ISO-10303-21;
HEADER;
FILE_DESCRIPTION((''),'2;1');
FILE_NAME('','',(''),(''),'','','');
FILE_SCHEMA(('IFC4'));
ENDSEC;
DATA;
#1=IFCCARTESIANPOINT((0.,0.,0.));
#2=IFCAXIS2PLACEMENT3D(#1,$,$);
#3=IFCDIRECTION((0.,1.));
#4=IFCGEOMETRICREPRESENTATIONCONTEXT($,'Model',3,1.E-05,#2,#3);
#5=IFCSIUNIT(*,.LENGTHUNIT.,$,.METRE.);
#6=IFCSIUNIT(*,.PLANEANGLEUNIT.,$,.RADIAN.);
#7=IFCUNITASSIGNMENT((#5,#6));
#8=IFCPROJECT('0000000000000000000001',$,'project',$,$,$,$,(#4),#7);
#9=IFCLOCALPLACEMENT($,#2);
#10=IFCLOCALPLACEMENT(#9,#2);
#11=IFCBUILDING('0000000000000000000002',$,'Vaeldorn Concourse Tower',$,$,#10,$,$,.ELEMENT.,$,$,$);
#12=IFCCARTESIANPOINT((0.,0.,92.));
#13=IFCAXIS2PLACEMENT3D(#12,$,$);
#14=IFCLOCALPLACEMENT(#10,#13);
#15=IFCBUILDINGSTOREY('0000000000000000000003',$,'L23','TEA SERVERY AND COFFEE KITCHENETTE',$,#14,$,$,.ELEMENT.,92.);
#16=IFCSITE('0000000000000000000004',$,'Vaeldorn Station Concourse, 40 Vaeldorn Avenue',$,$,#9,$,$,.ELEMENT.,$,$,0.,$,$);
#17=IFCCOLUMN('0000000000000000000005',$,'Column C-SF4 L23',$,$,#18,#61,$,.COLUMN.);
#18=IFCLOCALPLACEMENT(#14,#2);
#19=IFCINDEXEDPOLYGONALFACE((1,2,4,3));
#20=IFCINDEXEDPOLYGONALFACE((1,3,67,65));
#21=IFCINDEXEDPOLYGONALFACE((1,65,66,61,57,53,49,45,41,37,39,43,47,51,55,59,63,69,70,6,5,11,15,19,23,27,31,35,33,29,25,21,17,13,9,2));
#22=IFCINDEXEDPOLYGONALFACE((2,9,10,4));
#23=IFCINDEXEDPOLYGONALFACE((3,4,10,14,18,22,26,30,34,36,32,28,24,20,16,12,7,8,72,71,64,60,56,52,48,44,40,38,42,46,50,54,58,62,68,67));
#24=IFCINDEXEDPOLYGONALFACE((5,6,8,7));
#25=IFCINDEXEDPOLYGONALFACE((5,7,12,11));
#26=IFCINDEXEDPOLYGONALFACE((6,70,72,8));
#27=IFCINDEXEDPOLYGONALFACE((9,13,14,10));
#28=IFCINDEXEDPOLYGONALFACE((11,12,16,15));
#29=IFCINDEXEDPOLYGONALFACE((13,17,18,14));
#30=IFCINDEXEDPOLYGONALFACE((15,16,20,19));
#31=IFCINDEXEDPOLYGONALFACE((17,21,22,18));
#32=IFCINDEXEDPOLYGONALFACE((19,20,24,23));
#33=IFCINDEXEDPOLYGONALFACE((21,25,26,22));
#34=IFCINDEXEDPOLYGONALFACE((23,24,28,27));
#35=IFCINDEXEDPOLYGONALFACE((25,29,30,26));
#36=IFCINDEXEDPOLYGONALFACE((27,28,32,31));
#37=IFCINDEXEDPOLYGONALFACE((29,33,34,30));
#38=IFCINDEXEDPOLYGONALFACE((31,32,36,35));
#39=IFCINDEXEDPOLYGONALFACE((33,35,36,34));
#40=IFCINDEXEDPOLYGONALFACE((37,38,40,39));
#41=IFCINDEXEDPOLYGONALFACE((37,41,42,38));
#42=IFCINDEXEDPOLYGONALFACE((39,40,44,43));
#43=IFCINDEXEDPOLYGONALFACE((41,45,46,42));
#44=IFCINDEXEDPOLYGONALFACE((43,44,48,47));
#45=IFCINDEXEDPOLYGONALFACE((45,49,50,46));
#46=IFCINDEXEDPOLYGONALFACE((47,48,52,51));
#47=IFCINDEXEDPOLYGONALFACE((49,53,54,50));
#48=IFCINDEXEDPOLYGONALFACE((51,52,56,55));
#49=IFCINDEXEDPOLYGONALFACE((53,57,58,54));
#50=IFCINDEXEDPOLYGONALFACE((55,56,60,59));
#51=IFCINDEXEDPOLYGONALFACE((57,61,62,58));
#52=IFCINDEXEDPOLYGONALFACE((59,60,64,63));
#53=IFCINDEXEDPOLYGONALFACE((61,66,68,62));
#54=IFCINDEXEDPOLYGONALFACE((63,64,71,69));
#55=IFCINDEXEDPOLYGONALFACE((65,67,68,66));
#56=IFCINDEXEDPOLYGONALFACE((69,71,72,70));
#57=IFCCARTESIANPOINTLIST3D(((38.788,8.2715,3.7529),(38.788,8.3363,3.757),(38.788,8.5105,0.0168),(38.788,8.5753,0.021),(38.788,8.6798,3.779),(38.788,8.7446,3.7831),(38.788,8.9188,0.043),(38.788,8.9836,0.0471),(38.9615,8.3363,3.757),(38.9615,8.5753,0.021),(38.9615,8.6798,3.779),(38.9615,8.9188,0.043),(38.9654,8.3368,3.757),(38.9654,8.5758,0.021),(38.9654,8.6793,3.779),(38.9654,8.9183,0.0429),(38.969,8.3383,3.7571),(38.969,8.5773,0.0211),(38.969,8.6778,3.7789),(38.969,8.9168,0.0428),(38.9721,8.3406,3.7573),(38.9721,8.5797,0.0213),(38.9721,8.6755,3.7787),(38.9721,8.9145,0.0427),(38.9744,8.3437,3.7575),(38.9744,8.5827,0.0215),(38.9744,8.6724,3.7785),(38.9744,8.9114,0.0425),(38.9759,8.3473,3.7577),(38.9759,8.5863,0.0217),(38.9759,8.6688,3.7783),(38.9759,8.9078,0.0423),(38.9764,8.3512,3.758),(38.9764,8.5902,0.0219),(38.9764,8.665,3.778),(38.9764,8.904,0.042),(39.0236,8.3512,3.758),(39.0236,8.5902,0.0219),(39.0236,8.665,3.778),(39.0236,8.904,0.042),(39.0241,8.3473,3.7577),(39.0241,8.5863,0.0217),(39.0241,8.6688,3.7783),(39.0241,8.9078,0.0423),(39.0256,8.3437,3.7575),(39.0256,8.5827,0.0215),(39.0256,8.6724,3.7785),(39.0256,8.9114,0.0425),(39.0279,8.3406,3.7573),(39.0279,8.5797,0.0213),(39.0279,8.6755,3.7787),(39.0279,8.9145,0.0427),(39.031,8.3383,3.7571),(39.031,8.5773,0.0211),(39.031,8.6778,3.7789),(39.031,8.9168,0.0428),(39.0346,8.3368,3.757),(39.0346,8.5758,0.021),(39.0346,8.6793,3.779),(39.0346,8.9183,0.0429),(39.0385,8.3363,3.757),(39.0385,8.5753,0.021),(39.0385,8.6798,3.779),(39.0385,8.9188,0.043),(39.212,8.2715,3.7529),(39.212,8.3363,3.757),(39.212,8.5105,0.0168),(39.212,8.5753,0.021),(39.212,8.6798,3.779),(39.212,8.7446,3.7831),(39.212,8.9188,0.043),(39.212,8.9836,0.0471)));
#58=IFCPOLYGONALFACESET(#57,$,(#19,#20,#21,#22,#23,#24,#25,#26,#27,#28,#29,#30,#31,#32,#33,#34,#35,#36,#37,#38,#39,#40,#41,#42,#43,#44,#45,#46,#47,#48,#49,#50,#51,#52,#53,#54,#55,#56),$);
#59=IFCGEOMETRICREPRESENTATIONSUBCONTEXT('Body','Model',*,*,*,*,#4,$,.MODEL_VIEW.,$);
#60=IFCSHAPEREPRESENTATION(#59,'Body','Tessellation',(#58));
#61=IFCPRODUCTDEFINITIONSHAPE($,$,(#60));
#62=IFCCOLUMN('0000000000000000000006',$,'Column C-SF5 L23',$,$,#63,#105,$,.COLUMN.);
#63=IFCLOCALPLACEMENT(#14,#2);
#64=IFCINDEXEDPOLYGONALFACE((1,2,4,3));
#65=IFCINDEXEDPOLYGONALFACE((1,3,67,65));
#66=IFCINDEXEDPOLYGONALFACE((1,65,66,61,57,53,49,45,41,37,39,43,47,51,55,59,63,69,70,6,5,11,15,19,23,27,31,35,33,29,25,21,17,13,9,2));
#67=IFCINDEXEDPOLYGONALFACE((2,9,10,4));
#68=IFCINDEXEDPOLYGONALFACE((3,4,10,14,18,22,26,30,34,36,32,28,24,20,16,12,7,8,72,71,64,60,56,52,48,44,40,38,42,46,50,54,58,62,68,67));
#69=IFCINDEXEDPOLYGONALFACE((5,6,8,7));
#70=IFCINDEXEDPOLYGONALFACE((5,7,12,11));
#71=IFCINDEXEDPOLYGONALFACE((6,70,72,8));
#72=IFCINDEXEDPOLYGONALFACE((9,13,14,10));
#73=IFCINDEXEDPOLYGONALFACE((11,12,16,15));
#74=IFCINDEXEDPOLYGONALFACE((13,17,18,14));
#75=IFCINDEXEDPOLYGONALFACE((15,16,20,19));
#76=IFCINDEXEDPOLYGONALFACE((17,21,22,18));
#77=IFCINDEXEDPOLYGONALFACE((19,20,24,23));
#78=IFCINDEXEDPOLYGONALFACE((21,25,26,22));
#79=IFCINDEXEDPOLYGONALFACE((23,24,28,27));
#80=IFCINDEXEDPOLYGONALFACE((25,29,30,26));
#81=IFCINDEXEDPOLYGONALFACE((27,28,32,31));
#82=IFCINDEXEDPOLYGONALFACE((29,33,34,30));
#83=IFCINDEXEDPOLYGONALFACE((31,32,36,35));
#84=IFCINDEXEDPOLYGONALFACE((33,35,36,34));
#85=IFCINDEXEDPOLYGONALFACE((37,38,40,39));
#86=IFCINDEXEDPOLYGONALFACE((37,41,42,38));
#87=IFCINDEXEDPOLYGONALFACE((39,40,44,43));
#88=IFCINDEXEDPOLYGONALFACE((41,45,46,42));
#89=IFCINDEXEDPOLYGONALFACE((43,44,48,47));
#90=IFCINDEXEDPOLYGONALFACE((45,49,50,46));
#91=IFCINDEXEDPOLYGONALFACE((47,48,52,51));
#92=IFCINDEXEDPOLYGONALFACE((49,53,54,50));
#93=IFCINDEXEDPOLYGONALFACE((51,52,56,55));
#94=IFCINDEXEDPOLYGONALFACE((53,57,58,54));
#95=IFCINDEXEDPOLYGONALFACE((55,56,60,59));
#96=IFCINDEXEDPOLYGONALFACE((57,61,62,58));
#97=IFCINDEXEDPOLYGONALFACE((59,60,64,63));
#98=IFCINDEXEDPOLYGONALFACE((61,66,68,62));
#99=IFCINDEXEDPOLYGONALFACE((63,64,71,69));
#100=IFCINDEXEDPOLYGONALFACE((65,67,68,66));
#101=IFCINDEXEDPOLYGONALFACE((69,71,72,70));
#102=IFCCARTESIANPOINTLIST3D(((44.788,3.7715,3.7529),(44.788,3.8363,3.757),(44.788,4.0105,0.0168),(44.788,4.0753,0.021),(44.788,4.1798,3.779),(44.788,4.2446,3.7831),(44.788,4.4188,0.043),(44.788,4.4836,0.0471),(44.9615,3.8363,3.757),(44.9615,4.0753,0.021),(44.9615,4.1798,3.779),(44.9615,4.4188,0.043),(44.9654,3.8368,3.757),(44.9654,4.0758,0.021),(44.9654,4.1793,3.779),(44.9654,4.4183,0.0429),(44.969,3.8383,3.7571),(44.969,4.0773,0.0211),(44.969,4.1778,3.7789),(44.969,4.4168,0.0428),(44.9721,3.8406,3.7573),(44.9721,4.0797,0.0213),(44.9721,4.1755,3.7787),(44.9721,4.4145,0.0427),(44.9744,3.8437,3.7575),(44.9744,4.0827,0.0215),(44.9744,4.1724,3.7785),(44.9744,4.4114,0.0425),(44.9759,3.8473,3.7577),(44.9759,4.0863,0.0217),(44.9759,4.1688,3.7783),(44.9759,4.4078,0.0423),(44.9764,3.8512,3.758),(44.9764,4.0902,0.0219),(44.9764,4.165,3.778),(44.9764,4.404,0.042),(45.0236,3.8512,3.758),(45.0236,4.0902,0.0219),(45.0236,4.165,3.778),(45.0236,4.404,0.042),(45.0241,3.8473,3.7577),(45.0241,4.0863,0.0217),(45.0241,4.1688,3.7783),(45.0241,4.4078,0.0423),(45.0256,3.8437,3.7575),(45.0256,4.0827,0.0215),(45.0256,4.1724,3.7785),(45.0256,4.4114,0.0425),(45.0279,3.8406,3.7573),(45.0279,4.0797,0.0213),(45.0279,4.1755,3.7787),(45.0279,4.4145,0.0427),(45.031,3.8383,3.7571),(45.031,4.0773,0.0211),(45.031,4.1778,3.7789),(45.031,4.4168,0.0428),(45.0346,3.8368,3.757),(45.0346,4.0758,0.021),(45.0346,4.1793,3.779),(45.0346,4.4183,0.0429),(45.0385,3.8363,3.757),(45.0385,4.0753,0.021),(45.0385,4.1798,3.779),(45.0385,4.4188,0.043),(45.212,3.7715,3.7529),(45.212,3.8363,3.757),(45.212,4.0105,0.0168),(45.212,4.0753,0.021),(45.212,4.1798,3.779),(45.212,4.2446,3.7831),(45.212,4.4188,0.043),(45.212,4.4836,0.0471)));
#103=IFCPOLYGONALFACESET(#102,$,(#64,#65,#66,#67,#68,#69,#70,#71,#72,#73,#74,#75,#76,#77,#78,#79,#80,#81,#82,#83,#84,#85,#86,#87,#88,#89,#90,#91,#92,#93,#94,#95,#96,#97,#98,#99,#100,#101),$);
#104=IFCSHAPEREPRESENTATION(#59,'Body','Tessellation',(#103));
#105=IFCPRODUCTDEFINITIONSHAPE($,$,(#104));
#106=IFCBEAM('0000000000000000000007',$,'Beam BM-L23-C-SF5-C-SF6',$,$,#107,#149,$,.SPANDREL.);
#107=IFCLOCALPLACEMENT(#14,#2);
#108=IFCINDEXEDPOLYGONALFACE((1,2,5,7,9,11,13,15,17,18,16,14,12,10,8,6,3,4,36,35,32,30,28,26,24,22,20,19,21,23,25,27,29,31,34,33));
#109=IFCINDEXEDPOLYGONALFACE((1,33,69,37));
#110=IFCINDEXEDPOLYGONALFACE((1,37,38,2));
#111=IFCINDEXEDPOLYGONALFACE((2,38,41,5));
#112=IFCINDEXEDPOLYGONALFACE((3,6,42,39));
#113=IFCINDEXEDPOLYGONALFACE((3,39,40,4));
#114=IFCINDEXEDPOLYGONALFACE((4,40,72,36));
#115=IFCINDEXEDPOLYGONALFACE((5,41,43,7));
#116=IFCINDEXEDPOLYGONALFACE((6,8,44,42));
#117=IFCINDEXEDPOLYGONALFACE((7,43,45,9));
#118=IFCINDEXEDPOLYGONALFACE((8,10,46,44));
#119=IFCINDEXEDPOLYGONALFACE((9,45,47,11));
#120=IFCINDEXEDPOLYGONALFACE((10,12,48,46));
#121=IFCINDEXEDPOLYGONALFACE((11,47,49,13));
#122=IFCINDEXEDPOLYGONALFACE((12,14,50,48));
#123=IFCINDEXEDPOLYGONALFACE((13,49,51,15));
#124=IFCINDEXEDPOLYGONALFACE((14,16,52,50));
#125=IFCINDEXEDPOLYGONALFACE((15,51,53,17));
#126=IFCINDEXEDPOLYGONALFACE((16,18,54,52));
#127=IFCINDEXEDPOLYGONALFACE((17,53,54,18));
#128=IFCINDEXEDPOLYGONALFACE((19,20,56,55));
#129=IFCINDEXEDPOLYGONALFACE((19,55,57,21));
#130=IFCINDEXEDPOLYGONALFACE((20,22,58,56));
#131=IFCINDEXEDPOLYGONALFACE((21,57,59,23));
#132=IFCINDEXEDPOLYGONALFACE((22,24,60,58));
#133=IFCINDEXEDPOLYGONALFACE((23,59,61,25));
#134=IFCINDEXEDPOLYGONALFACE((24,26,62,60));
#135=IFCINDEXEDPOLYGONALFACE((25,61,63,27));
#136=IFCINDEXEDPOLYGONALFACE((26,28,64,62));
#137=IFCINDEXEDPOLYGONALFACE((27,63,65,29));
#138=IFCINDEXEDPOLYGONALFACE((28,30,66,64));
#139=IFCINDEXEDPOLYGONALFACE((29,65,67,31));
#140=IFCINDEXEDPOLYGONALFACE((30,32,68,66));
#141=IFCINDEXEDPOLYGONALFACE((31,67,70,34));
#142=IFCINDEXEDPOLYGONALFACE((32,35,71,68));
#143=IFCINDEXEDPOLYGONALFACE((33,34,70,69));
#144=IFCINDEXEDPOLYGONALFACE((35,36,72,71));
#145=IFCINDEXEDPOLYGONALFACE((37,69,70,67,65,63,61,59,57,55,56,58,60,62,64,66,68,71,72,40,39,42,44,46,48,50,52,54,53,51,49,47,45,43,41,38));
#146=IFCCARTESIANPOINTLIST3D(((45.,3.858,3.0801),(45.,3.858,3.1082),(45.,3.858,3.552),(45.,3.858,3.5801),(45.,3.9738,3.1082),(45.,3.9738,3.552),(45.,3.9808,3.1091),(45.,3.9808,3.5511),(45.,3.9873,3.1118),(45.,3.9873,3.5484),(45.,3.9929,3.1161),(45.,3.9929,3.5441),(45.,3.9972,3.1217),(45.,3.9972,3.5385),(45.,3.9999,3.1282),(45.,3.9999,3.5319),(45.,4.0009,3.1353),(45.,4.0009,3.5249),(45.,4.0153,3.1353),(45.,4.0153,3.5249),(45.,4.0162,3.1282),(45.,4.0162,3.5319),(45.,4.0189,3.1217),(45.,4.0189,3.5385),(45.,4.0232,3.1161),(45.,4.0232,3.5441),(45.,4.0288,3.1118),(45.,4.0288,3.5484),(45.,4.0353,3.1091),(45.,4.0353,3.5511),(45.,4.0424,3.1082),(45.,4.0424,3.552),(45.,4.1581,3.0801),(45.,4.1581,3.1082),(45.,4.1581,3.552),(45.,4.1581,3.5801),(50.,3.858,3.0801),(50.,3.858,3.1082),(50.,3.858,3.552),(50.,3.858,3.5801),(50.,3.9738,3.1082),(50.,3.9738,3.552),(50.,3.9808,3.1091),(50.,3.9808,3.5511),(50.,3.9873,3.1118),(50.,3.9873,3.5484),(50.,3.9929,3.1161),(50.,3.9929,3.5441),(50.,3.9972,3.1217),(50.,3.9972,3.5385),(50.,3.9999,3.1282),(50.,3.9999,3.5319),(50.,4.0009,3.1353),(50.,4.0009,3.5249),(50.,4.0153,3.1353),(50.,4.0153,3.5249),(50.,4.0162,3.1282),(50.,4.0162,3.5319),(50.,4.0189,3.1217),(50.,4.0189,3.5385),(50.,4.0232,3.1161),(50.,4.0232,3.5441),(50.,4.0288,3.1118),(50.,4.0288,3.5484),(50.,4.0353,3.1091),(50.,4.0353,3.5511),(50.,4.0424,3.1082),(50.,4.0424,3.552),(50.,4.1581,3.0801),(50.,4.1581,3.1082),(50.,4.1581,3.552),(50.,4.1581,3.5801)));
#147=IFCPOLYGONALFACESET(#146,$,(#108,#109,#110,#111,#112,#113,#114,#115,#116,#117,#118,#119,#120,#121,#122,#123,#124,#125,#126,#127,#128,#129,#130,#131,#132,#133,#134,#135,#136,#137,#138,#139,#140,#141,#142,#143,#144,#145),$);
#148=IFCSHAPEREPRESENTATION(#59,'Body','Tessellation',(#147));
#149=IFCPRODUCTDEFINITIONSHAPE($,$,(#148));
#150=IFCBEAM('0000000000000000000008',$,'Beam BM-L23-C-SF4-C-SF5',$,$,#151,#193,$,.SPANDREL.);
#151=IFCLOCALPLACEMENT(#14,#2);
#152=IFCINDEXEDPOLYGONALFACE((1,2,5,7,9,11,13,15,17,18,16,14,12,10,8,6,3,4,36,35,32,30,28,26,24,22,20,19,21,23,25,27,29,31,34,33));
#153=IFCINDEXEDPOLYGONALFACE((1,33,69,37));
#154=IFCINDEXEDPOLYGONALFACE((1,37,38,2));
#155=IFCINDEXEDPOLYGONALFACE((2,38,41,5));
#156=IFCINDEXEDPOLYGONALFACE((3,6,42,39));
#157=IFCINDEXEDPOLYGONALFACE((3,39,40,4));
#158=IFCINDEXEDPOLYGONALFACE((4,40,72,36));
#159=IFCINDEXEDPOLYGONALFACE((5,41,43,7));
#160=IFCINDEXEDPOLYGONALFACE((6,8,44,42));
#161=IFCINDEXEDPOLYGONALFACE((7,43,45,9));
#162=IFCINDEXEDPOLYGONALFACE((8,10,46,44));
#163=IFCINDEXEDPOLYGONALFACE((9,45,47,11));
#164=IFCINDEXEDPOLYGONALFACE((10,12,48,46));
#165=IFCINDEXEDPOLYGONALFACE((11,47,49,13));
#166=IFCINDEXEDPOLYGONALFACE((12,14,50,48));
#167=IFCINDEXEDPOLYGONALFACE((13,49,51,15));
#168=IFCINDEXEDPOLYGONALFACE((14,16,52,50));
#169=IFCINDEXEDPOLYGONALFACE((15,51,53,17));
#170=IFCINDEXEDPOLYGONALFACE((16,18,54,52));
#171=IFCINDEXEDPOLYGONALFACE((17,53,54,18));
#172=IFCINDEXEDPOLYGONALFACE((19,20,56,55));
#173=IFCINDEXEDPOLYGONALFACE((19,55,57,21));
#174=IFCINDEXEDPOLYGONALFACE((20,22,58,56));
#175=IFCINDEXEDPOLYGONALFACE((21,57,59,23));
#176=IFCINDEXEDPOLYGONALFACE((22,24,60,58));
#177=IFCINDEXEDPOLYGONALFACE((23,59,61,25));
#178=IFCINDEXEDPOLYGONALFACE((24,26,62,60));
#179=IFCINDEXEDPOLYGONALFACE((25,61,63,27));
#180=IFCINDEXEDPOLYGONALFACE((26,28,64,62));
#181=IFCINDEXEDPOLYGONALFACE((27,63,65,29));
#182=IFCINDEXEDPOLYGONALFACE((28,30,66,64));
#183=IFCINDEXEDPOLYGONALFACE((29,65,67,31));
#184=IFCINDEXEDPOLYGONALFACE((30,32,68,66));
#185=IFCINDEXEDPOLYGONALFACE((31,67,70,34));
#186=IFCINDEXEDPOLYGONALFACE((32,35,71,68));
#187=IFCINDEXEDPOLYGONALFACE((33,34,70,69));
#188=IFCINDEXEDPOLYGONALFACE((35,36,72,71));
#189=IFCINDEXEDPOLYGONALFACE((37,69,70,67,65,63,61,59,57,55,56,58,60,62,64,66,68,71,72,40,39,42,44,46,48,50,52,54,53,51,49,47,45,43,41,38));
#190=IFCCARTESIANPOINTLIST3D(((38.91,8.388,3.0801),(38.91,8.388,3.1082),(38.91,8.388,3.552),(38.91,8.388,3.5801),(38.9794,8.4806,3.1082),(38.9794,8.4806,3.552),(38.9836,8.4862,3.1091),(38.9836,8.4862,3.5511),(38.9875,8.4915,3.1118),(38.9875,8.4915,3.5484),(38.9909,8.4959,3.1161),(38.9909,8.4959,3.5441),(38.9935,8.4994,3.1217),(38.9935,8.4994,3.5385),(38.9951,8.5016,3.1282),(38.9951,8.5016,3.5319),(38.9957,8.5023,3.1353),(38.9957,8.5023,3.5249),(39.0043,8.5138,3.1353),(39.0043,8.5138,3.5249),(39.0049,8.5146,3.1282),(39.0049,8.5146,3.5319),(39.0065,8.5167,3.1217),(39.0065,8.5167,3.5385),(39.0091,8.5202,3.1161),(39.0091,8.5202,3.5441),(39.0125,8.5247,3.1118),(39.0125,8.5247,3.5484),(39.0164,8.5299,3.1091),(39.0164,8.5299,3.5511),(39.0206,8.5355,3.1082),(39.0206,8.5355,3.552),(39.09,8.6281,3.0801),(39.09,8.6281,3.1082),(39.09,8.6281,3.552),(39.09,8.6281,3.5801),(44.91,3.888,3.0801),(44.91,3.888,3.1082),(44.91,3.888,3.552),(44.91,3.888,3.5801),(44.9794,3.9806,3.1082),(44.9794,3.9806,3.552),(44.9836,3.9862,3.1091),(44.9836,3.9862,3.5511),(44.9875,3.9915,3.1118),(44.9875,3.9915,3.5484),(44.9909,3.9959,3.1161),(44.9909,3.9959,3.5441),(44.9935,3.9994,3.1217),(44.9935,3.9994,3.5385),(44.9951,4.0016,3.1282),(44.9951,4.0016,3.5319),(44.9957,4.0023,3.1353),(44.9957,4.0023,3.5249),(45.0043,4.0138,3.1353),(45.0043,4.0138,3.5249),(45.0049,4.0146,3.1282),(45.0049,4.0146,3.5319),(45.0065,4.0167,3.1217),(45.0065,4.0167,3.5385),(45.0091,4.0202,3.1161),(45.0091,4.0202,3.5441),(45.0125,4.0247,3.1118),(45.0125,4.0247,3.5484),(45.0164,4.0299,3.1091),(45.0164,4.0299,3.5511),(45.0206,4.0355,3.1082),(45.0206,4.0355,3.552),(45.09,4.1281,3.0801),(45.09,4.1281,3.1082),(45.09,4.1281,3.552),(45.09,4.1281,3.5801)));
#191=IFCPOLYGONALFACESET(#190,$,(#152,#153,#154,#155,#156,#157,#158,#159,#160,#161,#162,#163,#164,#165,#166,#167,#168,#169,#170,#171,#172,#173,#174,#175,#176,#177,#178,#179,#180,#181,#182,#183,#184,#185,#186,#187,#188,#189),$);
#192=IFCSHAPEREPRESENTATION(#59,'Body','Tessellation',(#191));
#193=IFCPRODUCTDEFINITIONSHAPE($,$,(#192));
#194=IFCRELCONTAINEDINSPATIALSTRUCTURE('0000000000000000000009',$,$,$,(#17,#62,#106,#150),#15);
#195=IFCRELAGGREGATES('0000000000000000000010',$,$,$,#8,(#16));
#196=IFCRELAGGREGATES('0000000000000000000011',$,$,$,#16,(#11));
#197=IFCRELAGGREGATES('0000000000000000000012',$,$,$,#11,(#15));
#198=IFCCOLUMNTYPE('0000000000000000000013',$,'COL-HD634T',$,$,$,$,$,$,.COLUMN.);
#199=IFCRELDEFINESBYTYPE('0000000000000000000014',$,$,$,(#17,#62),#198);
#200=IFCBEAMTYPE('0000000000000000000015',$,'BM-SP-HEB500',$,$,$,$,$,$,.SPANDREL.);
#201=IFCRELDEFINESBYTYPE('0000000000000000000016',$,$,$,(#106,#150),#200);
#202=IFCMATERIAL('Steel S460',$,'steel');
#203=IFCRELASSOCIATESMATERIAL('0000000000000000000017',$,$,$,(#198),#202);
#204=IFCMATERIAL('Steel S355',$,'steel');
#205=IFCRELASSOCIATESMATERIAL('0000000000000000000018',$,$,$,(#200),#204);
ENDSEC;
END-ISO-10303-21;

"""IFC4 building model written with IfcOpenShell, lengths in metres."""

from ifc_helpers import new_model, si_unit, direction, frame, origin, origin_2d, place, context, subcontext, project, spatial, i_section, extrude, source, transform, mapped, material, material_profile, profile_set, type_object, element, save


model = new_model("IFC4")

# Units and contexts
model_context = context("Model", 3, precision=1e-05, world=origin(), true_north=direction((0.0, 1.0)))
body_context = subcontext(model_context, "Body", "Model", "MODEL_VIEW")
ifc_project = project(units=[si_unit("LENGTHUNIT", "METRE"), si_unit("PLANEANGLEUNIT", "RADIAN")], contexts=[model_context])

# Site, building, storey
site_placement = place(None, origin())
site = spatial("IfcSite", under=ifc_project, at=site_placement, Name="Vaeldorn Station Concourse, 40 Vaeldorn Avenue", CompositionType="ELEMENT", RefElevation=0.0)
building_placement = place(site_placement, origin())
building = spatial("IfcBuilding", under=site, at=building_placement, Name="Vaeldorn Concourse Tower", CompositionType="ELEMENT")
storey_placement = place(building_placement, frame((0.0, 0.0, 92.0)))
storey = spatial("IfcBuildingStorey", under=building, at=storey_placement, Name="L23", Description="TEA SERVERY AND COFFEE KITCHENETTE", CompositionType="ELEMENT", Elevation=92.0)

# Columns
ifc_material_1 = material(Name="Steel S460", Category="steel")
ifc_material_profile_1 = material_profile(ifc_material_1, i_section(OverallWidth=0.4241, OverallDepth=0.4741, WebThickness=0.0471, FlangeThickness=0.0649, FilletRadius=0.0149, at=origin_2d()), Name="HD 400x634")
ifc_profile_set_1 = profile_set([ifc_material_profile_1], Name="Steel S460")
column_type = type_object("IfcColumnType", Name="COL-HD634T", PredefinedType="COLUMN", material=ifc_profile_set_1)
shared_shape_1 = source(origin(), body_context, "Body", "SweptSolid", [
    extrude(i_section(OverallWidth=0.4241, OverallDepth=0.4741, WebThickness=0.0471, FlangeThickness=0.0649, FilletRadius=0.0149, at=origin_2d()), origin(), (0.0, 0.0, 1.0), 3.7437),
])
for number, where, z_axis, x_axis, name in (
    (1, (39.0, 8.7471, 0.032), (0.0, -0.063844, 0.99796), (1.0, 0.0, 0.0), "Column C-SF4 L23"),
    (2, (45.0, 4.2471, 0.032), (0.0, -0.063844, 0.99796), (1.0, 0.0, 0.0), "Column C-SF5 L23"),
):
    element("IfcColumn", number, at=place(storey_placement, frame(where, z_axis=z_axis, x_axis=x_axis)), inside=storey, type_object=column_type, Name=name, PredefinedType="COLUMN", context=body_context, shape_type="MappedRepresentation", body=[
        mapped(shared_shape_1, transform((0.0, 0.0, 0.0), scale=1.0)),
    ])

# Beams
ifc_material_2 = material(Name="Steel S355", Category="steel")
ifc_material_profile_2 = material_profile(ifc_material_2, i_section(OverallWidth=0.3, OverallDepth=0.5, WebThickness=0.0144, FlangeThickness=0.0281, FilletRadius=0.0271, at=origin_2d()), Name="HEB 500")
ifc_profile_set_2 = profile_set([ifc_material_profile_2], Name="Steel S355")
beam_type_1 = type_object("IfcBeamType", Name="BM-SP-HEB500", PredefinedType="SPANDREL", material=ifc_profile_set_2)
shared_shape_2 = source(origin(), body_context, "Body", "SweptSolid", [
    extrude(i_section(OverallWidth=0.3, OverallDepth=0.5, WebThickness=0.0144, FlangeThickness=0.0281, FilletRadius=0.0271, at=origin_2d()), origin(), (0.0, 0.0, 1.0), 5.0),
])
beam_1_placement = place(storey_placement, frame((45.0, 4.0081, 3.3301), z_axis=(1.0, 0.0, 0.0), x_axis=(0.0, 1.0, 0.0)))
element("IfcBeam", 3, at=beam_1_placement, inside=storey, type_object=beam_type_1, Name="Beam BM-L23-C-SF5-C-SF6", PredefinedType="SPANDREL", context=body_context, shape_type="MappedRepresentation", body=[
    mapped(shared_shape_2, transform((0.0, 0.0, 0.0), scale=1.0)),
])
shared_shape_3 = source(origin(), body_context, "Body", "SweptSolid", [
    extrude(i_section(OverallWidth=0.3, OverallDepth=0.5, WebThickness=0.0144, FlangeThickness=0.0281, FilletRadius=0.0271, at=origin_2d()), origin(), (0.0, 0.0, 1.0), 7.5),
])
beam_2_placement = place(storey_placement, frame((39.0, 8.5081, 3.3301), z_axis=(0.8, -0.6, 0.0), x_axis=(0.6, 0.8, 0.0)))
element("IfcBeam", 4, at=beam_2_placement, inside=storey, type_object=beam_type_1, Name="Beam BM-L23-C-SF4-C-SF5", PredefinedType="SPANDREL", context=body_context, shape_type="MappedRepresentation", body=[
    mapped(shared_shape_3, transform((0.0, 0.0, 0.0), scale=1.0)),
])

save(model, "model.ifc")
